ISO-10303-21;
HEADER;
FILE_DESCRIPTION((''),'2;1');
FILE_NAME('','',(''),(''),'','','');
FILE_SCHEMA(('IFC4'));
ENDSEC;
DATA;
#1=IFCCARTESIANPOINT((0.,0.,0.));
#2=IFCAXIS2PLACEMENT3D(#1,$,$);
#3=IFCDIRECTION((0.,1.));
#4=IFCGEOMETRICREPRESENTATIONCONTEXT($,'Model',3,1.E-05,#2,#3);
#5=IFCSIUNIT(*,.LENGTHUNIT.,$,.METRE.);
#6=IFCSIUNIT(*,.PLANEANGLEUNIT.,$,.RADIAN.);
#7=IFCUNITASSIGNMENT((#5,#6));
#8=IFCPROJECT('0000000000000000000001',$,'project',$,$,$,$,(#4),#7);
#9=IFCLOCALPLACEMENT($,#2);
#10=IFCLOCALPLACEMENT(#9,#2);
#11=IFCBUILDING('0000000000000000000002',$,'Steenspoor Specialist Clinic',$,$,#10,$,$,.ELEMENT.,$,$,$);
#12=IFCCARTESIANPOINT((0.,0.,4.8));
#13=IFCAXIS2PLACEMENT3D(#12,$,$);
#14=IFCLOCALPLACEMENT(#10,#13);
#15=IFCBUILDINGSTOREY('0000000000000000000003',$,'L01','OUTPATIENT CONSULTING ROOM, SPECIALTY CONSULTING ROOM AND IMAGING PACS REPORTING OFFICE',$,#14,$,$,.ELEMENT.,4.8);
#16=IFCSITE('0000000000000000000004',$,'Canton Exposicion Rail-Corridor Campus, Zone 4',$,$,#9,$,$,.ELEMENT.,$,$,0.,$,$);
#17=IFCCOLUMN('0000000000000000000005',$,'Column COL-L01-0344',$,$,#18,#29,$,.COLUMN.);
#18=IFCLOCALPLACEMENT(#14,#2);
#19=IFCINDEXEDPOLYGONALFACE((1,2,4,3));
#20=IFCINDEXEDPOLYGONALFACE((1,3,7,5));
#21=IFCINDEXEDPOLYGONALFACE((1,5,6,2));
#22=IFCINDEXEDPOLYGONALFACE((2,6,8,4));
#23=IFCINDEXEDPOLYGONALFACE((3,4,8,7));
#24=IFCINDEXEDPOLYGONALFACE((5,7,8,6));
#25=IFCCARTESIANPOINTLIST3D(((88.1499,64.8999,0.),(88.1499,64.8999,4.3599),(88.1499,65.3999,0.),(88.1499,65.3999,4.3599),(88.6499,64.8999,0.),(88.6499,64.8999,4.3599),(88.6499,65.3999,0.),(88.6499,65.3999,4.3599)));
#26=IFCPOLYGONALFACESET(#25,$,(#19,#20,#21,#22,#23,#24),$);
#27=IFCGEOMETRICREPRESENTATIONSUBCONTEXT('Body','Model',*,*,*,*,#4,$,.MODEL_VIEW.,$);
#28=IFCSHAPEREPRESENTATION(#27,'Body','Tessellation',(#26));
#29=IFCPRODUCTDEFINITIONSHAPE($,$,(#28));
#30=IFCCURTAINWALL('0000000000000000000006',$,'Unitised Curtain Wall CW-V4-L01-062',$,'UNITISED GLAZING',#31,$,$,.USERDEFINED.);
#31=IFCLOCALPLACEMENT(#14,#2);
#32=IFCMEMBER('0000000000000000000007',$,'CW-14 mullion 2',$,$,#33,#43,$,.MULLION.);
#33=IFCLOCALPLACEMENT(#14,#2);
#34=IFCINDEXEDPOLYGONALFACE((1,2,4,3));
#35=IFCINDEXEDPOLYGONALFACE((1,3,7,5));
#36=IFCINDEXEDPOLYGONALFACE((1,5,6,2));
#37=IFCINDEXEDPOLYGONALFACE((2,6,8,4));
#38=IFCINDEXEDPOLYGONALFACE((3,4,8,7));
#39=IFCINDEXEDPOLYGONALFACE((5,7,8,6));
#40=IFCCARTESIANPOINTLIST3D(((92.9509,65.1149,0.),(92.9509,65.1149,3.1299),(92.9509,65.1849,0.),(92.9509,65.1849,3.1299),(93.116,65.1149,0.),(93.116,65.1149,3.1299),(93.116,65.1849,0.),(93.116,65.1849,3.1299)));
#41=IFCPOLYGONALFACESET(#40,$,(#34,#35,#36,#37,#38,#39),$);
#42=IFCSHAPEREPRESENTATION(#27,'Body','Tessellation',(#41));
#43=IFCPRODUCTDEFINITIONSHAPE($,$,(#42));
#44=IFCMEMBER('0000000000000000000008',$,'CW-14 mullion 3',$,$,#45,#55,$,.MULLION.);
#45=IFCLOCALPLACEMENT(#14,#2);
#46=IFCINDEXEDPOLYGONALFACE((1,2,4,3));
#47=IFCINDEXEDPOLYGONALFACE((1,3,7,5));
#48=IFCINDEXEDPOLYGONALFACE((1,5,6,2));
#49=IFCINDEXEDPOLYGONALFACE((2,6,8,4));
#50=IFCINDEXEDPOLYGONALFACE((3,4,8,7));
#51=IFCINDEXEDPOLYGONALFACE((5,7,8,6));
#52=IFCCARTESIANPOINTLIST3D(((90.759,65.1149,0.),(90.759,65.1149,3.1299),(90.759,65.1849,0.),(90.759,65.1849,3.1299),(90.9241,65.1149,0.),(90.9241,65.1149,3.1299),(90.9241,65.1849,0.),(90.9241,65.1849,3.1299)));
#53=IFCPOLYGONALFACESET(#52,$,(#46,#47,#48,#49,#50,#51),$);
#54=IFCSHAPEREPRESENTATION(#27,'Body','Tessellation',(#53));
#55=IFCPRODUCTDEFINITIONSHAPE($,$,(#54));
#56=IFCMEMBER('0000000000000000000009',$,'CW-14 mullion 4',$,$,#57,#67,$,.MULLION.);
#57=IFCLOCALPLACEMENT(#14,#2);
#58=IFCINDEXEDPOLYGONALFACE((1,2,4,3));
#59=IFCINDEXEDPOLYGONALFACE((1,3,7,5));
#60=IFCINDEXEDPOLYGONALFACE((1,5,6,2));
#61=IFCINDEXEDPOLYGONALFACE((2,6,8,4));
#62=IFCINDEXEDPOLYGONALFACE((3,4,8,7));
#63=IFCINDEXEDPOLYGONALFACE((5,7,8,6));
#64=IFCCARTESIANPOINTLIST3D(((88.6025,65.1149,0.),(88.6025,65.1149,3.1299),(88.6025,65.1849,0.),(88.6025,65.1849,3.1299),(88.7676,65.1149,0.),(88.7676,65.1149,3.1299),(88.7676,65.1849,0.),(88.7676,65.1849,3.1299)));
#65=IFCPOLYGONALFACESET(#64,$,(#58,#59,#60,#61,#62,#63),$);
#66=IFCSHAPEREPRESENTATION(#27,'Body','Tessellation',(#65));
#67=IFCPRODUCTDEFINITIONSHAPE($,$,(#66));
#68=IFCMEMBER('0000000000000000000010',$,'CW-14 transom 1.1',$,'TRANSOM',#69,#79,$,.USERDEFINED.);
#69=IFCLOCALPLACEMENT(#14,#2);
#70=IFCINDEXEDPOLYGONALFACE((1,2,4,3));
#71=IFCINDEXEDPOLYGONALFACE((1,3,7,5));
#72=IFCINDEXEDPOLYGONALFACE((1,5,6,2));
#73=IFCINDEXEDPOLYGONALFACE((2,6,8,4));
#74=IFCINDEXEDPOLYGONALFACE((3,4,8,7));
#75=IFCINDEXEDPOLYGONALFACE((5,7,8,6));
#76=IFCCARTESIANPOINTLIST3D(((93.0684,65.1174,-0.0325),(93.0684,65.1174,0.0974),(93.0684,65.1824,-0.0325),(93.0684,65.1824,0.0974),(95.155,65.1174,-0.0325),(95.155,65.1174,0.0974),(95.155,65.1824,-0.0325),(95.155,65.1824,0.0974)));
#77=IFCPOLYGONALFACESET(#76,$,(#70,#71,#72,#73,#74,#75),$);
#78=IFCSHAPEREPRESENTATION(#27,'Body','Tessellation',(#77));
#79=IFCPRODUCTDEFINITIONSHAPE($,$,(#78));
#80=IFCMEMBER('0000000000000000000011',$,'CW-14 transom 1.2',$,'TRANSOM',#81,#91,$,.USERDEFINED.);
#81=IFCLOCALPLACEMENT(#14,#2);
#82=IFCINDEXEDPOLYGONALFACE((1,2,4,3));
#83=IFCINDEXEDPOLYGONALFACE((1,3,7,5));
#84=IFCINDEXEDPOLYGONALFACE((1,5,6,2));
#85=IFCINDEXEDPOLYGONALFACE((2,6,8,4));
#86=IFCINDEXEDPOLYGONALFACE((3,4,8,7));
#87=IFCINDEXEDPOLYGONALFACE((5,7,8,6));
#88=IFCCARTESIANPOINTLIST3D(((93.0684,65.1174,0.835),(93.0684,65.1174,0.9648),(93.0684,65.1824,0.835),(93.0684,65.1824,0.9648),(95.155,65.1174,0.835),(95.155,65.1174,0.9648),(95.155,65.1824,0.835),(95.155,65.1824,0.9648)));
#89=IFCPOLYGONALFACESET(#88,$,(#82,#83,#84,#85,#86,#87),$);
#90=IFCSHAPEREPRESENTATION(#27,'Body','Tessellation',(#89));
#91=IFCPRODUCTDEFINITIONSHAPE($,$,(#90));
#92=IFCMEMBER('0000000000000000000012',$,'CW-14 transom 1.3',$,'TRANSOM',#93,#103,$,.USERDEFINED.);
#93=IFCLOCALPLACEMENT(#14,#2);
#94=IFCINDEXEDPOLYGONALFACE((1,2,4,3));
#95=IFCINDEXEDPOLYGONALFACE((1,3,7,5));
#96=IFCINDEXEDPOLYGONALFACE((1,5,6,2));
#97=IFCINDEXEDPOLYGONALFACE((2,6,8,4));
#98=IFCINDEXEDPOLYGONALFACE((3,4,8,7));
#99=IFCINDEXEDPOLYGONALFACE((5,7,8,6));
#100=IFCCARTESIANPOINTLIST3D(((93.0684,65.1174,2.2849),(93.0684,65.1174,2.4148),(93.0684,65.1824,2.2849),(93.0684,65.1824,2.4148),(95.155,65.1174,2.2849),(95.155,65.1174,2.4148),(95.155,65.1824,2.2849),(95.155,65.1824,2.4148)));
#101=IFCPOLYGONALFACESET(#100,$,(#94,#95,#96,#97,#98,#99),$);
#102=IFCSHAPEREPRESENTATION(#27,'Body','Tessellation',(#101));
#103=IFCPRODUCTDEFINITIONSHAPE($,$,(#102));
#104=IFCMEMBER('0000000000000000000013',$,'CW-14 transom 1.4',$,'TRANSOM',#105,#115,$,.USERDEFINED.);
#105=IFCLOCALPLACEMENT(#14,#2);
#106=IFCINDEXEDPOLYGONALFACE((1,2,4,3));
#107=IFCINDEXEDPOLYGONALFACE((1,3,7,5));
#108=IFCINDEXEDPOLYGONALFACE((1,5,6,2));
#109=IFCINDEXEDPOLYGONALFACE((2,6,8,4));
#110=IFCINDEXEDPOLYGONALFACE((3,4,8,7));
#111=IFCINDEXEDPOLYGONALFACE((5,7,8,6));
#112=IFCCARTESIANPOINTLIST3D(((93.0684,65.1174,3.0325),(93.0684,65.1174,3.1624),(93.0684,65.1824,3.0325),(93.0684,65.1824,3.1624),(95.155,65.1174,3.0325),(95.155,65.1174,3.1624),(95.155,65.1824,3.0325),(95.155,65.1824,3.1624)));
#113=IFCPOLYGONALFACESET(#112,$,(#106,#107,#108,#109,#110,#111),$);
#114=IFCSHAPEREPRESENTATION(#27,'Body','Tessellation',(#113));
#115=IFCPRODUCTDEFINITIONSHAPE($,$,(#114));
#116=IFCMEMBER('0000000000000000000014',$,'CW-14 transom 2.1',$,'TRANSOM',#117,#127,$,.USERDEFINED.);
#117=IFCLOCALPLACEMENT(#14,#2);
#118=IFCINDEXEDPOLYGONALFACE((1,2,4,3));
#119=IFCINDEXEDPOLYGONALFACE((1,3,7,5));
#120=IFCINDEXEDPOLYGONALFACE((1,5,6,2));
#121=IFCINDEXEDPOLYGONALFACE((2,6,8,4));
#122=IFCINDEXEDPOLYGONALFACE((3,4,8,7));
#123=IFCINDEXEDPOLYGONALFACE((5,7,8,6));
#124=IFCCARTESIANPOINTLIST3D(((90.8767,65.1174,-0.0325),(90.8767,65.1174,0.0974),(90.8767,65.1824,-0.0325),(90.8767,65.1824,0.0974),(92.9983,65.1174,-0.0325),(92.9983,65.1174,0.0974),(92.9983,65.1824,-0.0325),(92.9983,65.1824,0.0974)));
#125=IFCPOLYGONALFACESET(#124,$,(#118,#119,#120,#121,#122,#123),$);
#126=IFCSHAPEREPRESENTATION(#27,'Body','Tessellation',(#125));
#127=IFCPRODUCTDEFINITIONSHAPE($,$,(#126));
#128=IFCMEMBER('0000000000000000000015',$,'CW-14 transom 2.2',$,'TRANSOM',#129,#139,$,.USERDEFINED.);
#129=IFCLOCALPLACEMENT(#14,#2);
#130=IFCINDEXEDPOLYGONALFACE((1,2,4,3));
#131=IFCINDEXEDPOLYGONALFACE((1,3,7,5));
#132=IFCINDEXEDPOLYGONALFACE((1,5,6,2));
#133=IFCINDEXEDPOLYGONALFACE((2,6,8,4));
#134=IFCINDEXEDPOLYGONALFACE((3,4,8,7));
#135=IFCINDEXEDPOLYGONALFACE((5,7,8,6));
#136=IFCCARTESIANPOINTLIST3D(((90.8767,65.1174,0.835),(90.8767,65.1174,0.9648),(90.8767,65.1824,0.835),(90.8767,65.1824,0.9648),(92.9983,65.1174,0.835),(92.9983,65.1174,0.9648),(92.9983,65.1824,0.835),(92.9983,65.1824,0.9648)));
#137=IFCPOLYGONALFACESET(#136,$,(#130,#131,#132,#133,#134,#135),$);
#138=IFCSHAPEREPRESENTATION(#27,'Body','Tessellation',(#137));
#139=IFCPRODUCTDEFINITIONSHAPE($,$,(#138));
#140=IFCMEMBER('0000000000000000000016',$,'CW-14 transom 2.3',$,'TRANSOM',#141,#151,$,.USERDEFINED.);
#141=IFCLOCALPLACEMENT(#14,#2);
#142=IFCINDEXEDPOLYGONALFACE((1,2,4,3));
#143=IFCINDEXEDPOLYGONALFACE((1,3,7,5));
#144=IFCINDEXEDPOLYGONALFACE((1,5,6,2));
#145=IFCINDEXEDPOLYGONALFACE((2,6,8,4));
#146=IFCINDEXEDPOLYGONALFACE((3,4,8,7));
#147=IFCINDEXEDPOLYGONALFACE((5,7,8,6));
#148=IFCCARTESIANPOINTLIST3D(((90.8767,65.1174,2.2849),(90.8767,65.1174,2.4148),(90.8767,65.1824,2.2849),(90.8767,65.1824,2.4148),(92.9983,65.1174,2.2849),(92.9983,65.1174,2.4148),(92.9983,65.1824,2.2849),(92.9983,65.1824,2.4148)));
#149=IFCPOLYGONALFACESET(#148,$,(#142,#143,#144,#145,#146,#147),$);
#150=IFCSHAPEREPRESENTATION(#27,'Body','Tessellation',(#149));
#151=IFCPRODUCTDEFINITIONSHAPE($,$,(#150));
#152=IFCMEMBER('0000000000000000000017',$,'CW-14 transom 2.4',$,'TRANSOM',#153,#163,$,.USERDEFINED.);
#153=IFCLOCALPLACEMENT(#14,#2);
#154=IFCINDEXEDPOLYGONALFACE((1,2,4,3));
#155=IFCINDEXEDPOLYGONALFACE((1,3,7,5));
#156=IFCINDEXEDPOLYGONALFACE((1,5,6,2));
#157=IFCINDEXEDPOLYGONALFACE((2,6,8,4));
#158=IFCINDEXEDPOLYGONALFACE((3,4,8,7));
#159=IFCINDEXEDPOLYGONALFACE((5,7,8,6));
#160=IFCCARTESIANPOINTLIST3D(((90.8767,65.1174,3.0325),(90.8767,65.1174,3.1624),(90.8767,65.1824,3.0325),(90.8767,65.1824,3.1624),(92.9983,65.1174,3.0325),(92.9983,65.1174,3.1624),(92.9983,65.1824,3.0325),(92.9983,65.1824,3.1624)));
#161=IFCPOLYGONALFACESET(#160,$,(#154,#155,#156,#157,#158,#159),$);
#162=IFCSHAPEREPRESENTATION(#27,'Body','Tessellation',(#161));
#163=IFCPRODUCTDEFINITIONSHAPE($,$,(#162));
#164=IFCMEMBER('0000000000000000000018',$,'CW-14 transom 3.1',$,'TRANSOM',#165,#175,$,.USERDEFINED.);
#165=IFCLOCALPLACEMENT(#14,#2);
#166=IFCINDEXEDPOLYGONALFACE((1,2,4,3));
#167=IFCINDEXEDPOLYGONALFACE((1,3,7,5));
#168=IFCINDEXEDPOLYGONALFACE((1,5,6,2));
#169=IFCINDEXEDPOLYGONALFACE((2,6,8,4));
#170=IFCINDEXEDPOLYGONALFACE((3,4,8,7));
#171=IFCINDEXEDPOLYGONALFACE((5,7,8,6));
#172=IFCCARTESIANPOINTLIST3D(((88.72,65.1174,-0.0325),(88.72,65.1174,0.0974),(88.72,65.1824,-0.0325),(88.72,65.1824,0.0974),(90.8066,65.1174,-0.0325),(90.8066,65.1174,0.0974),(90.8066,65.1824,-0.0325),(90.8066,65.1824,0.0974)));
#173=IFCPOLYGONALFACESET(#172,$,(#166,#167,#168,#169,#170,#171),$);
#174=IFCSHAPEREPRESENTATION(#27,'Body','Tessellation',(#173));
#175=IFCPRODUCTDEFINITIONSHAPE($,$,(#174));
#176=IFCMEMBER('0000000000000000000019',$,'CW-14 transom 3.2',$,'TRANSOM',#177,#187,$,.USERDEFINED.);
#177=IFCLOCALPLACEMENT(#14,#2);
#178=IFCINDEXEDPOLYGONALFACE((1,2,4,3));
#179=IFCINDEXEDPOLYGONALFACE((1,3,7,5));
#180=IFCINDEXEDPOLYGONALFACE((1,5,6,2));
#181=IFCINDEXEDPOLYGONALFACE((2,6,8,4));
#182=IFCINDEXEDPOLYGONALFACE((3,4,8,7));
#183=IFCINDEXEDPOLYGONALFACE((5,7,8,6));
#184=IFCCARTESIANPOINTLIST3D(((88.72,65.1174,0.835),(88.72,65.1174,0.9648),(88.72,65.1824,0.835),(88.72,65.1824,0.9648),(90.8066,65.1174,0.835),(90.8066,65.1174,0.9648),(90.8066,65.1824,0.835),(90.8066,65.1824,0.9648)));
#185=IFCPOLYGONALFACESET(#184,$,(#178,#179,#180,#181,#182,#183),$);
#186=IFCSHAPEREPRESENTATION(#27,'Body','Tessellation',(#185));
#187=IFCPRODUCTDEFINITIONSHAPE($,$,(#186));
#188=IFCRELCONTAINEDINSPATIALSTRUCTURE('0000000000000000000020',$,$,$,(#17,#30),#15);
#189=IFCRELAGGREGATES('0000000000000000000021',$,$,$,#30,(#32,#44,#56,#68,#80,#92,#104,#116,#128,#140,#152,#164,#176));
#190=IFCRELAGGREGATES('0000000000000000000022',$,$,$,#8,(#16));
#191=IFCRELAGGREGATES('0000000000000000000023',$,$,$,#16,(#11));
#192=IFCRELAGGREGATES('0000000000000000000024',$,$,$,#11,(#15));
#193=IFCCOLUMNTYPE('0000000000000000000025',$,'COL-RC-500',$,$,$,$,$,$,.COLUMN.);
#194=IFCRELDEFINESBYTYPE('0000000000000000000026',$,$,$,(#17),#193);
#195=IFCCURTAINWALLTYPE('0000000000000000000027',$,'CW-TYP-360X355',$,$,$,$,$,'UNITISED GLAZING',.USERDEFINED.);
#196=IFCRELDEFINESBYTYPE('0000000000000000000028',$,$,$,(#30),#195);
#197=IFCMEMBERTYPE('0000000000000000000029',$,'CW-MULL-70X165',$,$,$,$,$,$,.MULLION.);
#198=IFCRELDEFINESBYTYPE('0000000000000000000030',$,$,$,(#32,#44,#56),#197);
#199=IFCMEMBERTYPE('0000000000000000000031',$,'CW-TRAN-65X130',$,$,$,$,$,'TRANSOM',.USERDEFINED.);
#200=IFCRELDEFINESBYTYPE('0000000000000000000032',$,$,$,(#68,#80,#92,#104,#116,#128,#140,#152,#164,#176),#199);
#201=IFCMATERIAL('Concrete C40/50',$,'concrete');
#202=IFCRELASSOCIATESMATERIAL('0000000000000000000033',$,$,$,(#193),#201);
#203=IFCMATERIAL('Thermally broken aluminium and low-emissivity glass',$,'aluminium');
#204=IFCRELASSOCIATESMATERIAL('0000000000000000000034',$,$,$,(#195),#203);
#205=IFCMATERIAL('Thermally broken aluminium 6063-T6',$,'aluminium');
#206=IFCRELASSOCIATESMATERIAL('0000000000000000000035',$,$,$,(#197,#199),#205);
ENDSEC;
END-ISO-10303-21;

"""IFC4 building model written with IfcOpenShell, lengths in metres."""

from ifc_helpers import new_model, si_unit, direction, frame, origin, origin_2d, place, context, subcontext, project, spatial, rectangle, extrude, material, material_profile, profile_set, type_object, element, aggregate, save


model = new_model("IFC4")

# Units and contexts
model_context = context("Model", 3, precision=1e-05, world=origin(), true_north=direction((0.0, 1.0)))
body_context = subcontext(model_context, "Body", "Model", "MODEL_VIEW")
ifc_project = project(units=[si_unit("LENGTHUNIT", "METRE"), si_unit("PLANEANGLEUNIT", "RADIAN")], contexts=[model_context])

# Site, building, storey
site_placement = place(None, origin())
site = spatial("IfcSite", under=ifc_project, at=site_placement, Name="Canton Exposicion Rail-Corridor Campus, Zone 4", CompositionType="ELEMENT", RefElevation=0.0)
building_placement = place(site_placement, origin())
building = spatial("IfcBuilding", under=site, at=building_placement, Name="Steenspoor Specialist Clinic", CompositionType="ELEMENT")
storey_placement = place(building_placement, frame((0.0, 0.0, 4.8)))
storey = spatial("IfcBuildingStorey", under=building, at=storey_placement, Name="L01", Description="OUTPATIENT CONSULTING ROOM, SPECIALTY CONSULTING ROOM AND IMAGING PACS REPORTING OFFICE", CompositionType="ELEMENT", Elevation=4.8)

# Column
ifc_material_1 = material(Name="Concrete C40/50", Category="concrete")
ifc_material_profile_1 = material_profile(ifc_material_1, rectangle(XDim=0.5, YDim=0.5, at=origin_2d()), Name="RC-COL-500X500")
ifc_profile_set_1 = profile_set([ifc_material_profile_1], Name="Concrete C40/50")
column_type = type_object("IfcColumnType", Name="COL-RC-500", PredefinedType="COLUMN", material=ifc_profile_set_1)
column_placement = place(storey_placement, frame((88.3999, 65.1499, 0.0), z_axis=(0.0, 0.0, 1.0), x_axis=(1.0, 0.0, 0.0)))
element("IfcColumn", 1, at=column_placement, inside=storey, type_object=column_type, Name="Column COL-L01-0344", PredefinedType="COLUMN", context=body_context, shape_type="SweptSolid", body=[
    extrude(rectangle(XDim=0.5, YDim=0.5, at=origin_2d()), origin(), (0.0, 0.0, 1.0), 4.3599),
])

# Curtain wall, members
ifc_material_2 = material(Name="Thermally broken aluminium and low-emissivity glass", Category="aluminium")
curtain_wall_type = type_object("IfcCurtainWallType", Name="CW-TYP-360X355", ElementType="UNITISED GLAZING", PredefinedType="USERDEFINED", material=ifc_material_2)
curtain_wall_placement = place(storey_placement, origin())
curtain_wall = element("IfcCurtainWall", 2, at=curtain_wall_placement, inside=storey, type_object=curtain_wall_type, Name="Unitised Curtain Wall CW-V4-L01-062", ObjectType="UNITISED GLAZING", PredefinedType="USERDEFINED")
ifc_material_3 = material(Name="Thermally broken aluminium 6063-T6", Category="aluminium")
ifc_material_profile_2 = material_profile(ifc_material_3, rectangle(XDim=0.0701, YDim=0.165, at=origin_2d()), Name="CWM-70X165")
ifc_profile_set_2 = profile_set([ifc_material_profile_2], Name="Thermally broken aluminium 6063-T6")
member_type_1 = type_object("IfcMemberType", Name="CW-MULL-70X165", PredefinedType="MULLION", material=ifc_profile_set_2)
member_1_placement = place(storey_placement, frame((93.0334, 65.1499, 0.0), z_axis=(0.0, 0.0, 1.0), x_axis=(0.0, -1.0, 0.0)))
member_1 = element("IfcMember", 3, at=member_1_placement, type_object=member_type_1, Name="CW-14 mullion 2", PredefinedType="MULLION", context=body_context, shape_type="SweptSolid", body=[
    extrude(rectangle(XDim=0.0701, YDim=0.165, at=origin_2d()), origin(), (0.0, 0.0, 1.0), 3.1299),
])
member_2_placement = place(storey_placement, frame((90.8416, 65.1499, 0.0), z_axis=(0.0, 0.0, 1.0), x_axis=(0.0, -1.0, 0.0)))
member_2 = element("IfcMember", 4, at=member_2_placement, type_object=member_type_1, Name="CW-14 mullion 3", PredefinedType="MULLION", context=body_context, shape_type="SweptSolid", body=[
    extrude(rectangle(XDim=0.0701, YDim=0.165, at=origin_2d()), origin(), (0.0, 0.0, 1.0), 3.1299),
])
member_3_placement = place(storey_placement, frame((88.6851, 65.1499, 0.0), z_axis=(0.0, 0.0, 1.0), x_axis=(0.0, -1.0, 0.0)))
member_3 = element("IfcMember", 5, at=member_3_placement, type_object=member_type_1, Name="CW-14 mullion 4", PredefinedType="MULLION", context=body_context, shape_type="SweptSolid", body=[
    extrude(rectangle(XDim=0.0701, YDim=0.165, at=origin_2d()), origin(), (0.0, 0.0, 1.0), 3.1299),
])
ifc_material_profile_3 = material_profile(ifc_material_3, rectangle(XDim=0.0649, YDim=0.1299, at=origin_2d()), Name="CWT-65X130")
ifc_profile_set_3 = profile_set([ifc_material_profile_3], Name="Thermally broken aluminium 6063-T6")
member_type_2 = type_object("IfcMemberType", Name="CW-TRAN-65X130", ElementType="TRANSOM", PredefinedType="USERDEFINED", material=ifc_profile_set_3)
member_4_placement = place(storey_placement, frame((95.155, 65.1499, 0.0325), z_axis=(-1.0, 0.0, 0.0), x_axis=(0.0, -1.0, 0.0)))
member_4 = element("IfcMember", 6, at=member_4_placement, type_object=member_type_2, Name="CW-14 transom 1.1", ObjectType="TRANSOM", PredefinedType="USERDEFINED", context=body_context, shape_type="SweptSolid", body=[
    extrude(rectangle(XDim=0.0649, YDim=0.1299, at=origin_2d()), origin(), (0.0, 0.0, 1.0), 2.0867),
])
member_5_placement = place(storey_placement, frame((95.155, 65.1499, 0.8999), z_axis=(-1.0, 0.0, 0.0), x_axis=(0.0, -1.0, 0.0)))
member_5 = element("IfcMember", 7, at=member_5_placement, type_object=member_type_2, Name="CW-14 transom 1.2", ObjectType="TRANSOM", PredefinedType="USERDEFINED", context=body_context, shape_type="SweptSolid", body=[
    extrude(rectangle(XDim=0.0649, YDim=0.1299, at=origin_2d()), origin(), (0.0, 0.0, 1.0), 2.0867),
])
member_6_placement = place(storey_placement, frame((95.155, 65.1499, 2.3499), z_axis=(-1.0, 0.0, 0.0), x_axis=(0.0, -1.0, 0.0)))
member_6 = element("IfcMember", 8, at=member_6_placement, type_object=member_type_2, Name="CW-14 transom 1.3", ObjectType="TRANSOM", PredefinedType="USERDEFINED", context=body_context, shape_type="SweptSolid", body=[
    extrude(rectangle(XDim=0.0649, YDim=0.1299, at=origin_2d()), origin(), (0.0, 0.0, 1.0), 2.0867),
])
member_7_placement = place(storey_placement, frame((95.155, 65.1499, 3.0974), z_axis=(-1.0, 0.0, 0.0), x_axis=(0.0, -1.0, 0.0)))
member_7 = element("IfcMember", 9, at=member_7_placement, type_object=member_type_2, Name="CW-14 transom 1.4", ObjectType="TRANSOM", PredefinedType="USERDEFINED", context=body_context, shape_type="SweptSolid", body=[
    extrude(rectangle(XDim=0.0649, YDim=0.1299, at=origin_2d()), origin(), (0.0, 0.0, 1.0), 2.0867),
])
member_8_placement = place(storey_placement, frame((92.9983, 65.1499, 0.0325), z_axis=(-1.0, 0.0, 0.0), x_axis=(0.0, -1.0, 0.0)))
member_8 = element("IfcMember", 10, at=member_8_placement, type_object=member_type_2, Name="CW-14 transom 2.1", ObjectType="TRANSOM", PredefinedType="USERDEFINED", context=body_context, shape_type="SweptSolid", body=[
    extrude(rectangle(XDim=0.0649, YDim=0.1299, at=origin_2d()), origin(), (0.0, 0.0, 1.0), 2.1216),
])
member_9_placement = place(storey_placement, frame((92.9983, 65.1499, 0.8999), z_axis=(-1.0, 0.0, 0.0), x_axis=(0.0, -1.0, 0.0)))
member_9 = element("IfcMember", 11, at=member_9_placement, type_object=member_type_2, Name="CW-14 transom 2.2", ObjectType="TRANSOM", PredefinedType="USERDEFINED", context=body_context, shape_type="SweptSolid", body=[
    extrude(rectangle(XDim=0.0649, YDim=0.1299, at=origin_2d()), origin(), (0.0, 0.0, 1.0), 2.1216),
])
member_10_placement = place(storey_placement, frame((92.9983, 65.1499, 2.3499), z_axis=(-1.0, 0.0, 0.0), x_axis=(0.0, -1.0, 0.0)))
member_10 = element("IfcMember", 12, at=member_10_placement, type_object=member_type_2, Name="CW-14 transom 2.3", ObjectType="TRANSOM", PredefinedType="USERDEFINED", context=body_context, shape_type="SweptSolid", body=[
    extrude(rectangle(XDim=0.0649, YDim=0.1299, at=origin_2d()), origin(), (0.0, 0.0, 1.0), 2.1216),
])
member_11_placement = place(storey_placement, frame((92.9983, 65.1499, 3.0974), z_axis=(-1.0, 0.0, 0.0), x_axis=(0.0, -1.0, 0.0)))
member_11 = element("IfcMember", 13, at=member_11_placement, type_object=member_type_2, Name="CW-14 transom 2.4", ObjectType="TRANSOM", PredefinedType="USERDEFINED", context=body_context, shape_type="SweptSolid", body=[
    extrude(rectangle(XDim=0.0649, YDim=0.1299, at=origin_2d()), origin(), (0.0, 0.0, 1.0), 2.1216),
])
member_12_placement = place(storey_placement, frame((90.8066, 65.1499, 0.0325), z_axis=(-1.0, 0.0, 0.0), x_axis=(0.0, -1.0, 0.0)))
member_12 = element("IfcMember", 14, at=member_12_placement, type_object=member_type_2, Name="CW-14 transom 3.1", ObjectType="TRANSOM", PredefinedType="USERDEFINED", context=body_context, shape_type="SweptSolid", body=[
    extrude(rectangle(XDim=0.0649, YDim=0.1299, at=origin_2d()), origin(), (0.0, 0.0, 1.0), 2.0867),
])
member_13_placement = place(storey_placement, frame((90.8066, 65.1499, 0.8999), z_axis=(-1.0, 0.0, 0.0), x_axis=(0.0, -1.0, 0.0)))
member_13 = element("IfcMember", 15, at=member_13_placement, type_object=member_type_2, Name="CW-14 transom 3.2", ObjectType="TRANSOM", PredefinedType="USERDEFINED", context=body_context, shape_type="SweptSolid", body=[
    extrude(rectangle(XDim=0.0649, YDim=0.1299, at=origin_2d()), origin(), (0.0, 0.0, 1.0), 2.0867),
])

aggregate(curtain_wall, [member_1, member_2, member_3, member_4, member_5, member_6, member_7, member_8, member_9, member_10, member_11, member_12, member_13])

save(model, "model.ifc")
